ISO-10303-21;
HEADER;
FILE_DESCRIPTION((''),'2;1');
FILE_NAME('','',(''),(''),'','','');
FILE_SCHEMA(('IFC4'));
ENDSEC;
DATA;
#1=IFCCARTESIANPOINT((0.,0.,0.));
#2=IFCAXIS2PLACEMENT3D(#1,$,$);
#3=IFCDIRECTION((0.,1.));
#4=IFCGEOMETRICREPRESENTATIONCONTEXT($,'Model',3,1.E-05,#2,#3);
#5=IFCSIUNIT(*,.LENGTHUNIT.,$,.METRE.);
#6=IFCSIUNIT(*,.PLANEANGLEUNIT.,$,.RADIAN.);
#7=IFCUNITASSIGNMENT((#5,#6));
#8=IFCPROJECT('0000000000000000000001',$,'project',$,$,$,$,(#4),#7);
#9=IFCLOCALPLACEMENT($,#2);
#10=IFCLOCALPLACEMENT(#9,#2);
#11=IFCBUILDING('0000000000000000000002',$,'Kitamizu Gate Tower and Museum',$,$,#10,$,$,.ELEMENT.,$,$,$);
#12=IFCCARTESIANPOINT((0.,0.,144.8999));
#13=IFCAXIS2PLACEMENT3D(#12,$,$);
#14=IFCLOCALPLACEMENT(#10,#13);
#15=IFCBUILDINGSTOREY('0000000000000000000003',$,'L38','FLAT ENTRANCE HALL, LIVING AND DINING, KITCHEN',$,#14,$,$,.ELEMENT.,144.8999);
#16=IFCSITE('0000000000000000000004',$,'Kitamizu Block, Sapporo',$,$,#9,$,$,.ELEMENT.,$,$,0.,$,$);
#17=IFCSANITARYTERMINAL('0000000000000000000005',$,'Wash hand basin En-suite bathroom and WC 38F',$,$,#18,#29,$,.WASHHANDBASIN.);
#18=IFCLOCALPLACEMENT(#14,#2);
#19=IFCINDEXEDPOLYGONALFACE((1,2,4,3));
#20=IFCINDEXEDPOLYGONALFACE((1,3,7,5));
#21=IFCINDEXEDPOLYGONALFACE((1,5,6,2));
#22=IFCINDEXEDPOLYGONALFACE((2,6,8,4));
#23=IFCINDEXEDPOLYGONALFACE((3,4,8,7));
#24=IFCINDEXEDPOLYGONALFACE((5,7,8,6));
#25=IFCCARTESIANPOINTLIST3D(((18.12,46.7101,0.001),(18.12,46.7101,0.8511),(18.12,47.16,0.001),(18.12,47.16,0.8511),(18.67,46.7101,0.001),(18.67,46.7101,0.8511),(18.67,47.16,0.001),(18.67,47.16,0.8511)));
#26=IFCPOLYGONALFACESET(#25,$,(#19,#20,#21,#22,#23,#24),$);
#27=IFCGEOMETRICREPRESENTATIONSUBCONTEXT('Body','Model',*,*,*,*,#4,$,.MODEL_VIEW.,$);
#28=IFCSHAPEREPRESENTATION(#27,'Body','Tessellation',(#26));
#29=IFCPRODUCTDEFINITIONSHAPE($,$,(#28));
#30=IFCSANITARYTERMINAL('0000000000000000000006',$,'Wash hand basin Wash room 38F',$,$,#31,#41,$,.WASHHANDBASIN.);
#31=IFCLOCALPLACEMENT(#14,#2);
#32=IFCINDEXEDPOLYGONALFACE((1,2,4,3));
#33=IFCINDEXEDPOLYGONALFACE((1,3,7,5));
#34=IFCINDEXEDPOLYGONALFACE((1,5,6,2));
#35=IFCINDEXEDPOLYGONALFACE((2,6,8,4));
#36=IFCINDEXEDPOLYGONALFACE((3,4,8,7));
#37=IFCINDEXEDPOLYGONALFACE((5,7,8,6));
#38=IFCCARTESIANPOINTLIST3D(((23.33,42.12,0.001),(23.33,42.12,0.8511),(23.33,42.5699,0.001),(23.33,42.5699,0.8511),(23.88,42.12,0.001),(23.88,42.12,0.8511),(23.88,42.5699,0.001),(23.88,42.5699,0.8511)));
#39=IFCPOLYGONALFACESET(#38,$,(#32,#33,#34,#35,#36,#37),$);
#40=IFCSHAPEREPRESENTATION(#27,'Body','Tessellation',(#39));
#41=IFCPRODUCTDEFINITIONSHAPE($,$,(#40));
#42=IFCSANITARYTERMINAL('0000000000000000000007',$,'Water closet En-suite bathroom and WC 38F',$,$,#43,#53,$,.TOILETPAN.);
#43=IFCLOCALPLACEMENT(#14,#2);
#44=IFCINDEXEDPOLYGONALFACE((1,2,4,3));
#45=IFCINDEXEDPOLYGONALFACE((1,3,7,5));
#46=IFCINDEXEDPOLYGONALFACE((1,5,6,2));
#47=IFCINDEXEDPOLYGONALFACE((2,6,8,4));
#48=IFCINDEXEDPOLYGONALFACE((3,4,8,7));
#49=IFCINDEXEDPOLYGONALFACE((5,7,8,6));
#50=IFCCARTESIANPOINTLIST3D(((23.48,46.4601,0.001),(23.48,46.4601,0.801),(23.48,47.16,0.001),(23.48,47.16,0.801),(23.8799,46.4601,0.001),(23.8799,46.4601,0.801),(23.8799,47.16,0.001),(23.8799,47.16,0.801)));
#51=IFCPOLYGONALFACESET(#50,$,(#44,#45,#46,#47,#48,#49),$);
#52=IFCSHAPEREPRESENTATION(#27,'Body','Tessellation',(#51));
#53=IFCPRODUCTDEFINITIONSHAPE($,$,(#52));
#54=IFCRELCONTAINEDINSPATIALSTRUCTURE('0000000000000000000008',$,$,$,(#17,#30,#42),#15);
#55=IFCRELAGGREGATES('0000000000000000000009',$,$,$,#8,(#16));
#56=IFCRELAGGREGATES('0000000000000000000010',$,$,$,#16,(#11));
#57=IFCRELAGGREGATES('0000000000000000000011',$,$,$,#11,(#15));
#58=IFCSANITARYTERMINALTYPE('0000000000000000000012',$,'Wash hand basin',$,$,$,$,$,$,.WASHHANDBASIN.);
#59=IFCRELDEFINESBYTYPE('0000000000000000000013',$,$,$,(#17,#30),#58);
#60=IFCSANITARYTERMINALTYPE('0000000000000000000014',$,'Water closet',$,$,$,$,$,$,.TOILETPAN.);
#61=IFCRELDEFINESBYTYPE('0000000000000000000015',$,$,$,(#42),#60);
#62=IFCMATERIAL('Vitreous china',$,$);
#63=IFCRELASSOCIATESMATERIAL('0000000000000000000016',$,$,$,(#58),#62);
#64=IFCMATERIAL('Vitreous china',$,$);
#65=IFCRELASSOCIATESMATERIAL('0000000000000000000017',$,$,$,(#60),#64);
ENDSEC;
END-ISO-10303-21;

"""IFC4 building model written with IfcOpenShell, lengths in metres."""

from ifc_helpers import new_model, si_unit, direction, frame, origin, origin_2d, place, context, subcontext, project, spatial, rectangle, extrude, material, type_object, element, save


model = new_model("IFC4")

# Units and contexts
model_context = context("Model", 3, precision=1e-05, world=origin(), true_north=direction((0.0, 1.0)))
body_context = subcontext(model_context, "Body", "Model", "MODEL_VIEW")
ifc_project = project(units=[si_unit("LENGTHUNIT", "METRE"), si_unit("PLANEANGLEUNIT", "RADIAN")], contexts=[model_context])

# Site, building, storey
site_placement = place(None, origin())
site = spatial("IfcSite", under=ifc_project, at=site_placement, Name="Kitamizu Block, Sapporo", CompositionType="ELEMENT", RefElevation=0.0)
building_placement = place(site_placement, origin())
building = spatial("IfcBuilding", under=site, at=building_placement, Name="Kitamizu Gate Tower and Museum", CompositionType="ELEMENT")
storey_placement = place(building_placement, frame((0.0, 0.0, 144.8999)))
storey = spatial("IfcBuildingStorey", under=building, at=storey_placement, Name="L38", Description="FLAT ENTRANCE HALL, LIVING AND DINING, KITCHEN", CompositionType="ELEMENT", Elevation=144.8999)

# Sanitary terminals
ifc_material_1 = material(Name="Vitreous china")
sanitary_terminal_type_1 = type_object("IfcSanitaryTerminalType", Name="Wash hand basin", PredefinedType="WASHHANDBASIN", material=ifc_material_1)
for number, where, z_axis, x_axis, name in (
    (1, (18.395, 46.9351, 0.001), (0.0, 0.0, 1.0), (1.0, 0.0, 0.0), "Wash hand basin En-suite bathroom and WC 38F"),
    (2, (23.605, 42.345, 0.001), (0.0, 0.0, 1.0), (1.0, 0.0, 0.0), "Wash hand basin Wash room 38F"),
):
    element("IfcSanitaryTerminal", number, at=place(storey_placement, frame(where, z_axis=z_axis, x_axis=x_axis)), inside=storey, type_object=sanitary_terminal_type_1, Name=name, PredefinedType="WASHHANDBASIN", context=body_context, shape_type="SweptSolid", body=[
        extrude(rectangle(XDim=0.55, YDim=0.45, at=origin_2d()), origin(), (0.0, 0.0, 1.0), 0.8501),
    ])
ifc_material_2 = material(Name="Vitreous china")
sanitary_terminal_type_2 = type_object("IfcSanitaryTerminalType", Name="Water closet", PredefinedType="TOILETPAN", material=ifc_material_2)
sanitary_terminal_1_placement = place(storey_placement, frame((23.6799, 46.8101, 0.001), z_axis=(0.0, 0.0, 1.0), x_axis=(1.0, 0.0, 0.0)))
element("IfcSanitaryTerminal", 3, at=sanitary_terminal_1_placement, inside=storey, type_object=sanitary_terminal_type_2, Name="Water closet En-suite bathroom and WC 38F", PredefinedType="TOILETPAN", context=body_context, shape_type="SweptSolid", body=[
    extrude(rectangle(XDim=0.3999, YDim=0.7, at=origin_2d()), origin(), (0.0, 0.0, 1.0), 0.8),
])

save(model, "model.ifc")
